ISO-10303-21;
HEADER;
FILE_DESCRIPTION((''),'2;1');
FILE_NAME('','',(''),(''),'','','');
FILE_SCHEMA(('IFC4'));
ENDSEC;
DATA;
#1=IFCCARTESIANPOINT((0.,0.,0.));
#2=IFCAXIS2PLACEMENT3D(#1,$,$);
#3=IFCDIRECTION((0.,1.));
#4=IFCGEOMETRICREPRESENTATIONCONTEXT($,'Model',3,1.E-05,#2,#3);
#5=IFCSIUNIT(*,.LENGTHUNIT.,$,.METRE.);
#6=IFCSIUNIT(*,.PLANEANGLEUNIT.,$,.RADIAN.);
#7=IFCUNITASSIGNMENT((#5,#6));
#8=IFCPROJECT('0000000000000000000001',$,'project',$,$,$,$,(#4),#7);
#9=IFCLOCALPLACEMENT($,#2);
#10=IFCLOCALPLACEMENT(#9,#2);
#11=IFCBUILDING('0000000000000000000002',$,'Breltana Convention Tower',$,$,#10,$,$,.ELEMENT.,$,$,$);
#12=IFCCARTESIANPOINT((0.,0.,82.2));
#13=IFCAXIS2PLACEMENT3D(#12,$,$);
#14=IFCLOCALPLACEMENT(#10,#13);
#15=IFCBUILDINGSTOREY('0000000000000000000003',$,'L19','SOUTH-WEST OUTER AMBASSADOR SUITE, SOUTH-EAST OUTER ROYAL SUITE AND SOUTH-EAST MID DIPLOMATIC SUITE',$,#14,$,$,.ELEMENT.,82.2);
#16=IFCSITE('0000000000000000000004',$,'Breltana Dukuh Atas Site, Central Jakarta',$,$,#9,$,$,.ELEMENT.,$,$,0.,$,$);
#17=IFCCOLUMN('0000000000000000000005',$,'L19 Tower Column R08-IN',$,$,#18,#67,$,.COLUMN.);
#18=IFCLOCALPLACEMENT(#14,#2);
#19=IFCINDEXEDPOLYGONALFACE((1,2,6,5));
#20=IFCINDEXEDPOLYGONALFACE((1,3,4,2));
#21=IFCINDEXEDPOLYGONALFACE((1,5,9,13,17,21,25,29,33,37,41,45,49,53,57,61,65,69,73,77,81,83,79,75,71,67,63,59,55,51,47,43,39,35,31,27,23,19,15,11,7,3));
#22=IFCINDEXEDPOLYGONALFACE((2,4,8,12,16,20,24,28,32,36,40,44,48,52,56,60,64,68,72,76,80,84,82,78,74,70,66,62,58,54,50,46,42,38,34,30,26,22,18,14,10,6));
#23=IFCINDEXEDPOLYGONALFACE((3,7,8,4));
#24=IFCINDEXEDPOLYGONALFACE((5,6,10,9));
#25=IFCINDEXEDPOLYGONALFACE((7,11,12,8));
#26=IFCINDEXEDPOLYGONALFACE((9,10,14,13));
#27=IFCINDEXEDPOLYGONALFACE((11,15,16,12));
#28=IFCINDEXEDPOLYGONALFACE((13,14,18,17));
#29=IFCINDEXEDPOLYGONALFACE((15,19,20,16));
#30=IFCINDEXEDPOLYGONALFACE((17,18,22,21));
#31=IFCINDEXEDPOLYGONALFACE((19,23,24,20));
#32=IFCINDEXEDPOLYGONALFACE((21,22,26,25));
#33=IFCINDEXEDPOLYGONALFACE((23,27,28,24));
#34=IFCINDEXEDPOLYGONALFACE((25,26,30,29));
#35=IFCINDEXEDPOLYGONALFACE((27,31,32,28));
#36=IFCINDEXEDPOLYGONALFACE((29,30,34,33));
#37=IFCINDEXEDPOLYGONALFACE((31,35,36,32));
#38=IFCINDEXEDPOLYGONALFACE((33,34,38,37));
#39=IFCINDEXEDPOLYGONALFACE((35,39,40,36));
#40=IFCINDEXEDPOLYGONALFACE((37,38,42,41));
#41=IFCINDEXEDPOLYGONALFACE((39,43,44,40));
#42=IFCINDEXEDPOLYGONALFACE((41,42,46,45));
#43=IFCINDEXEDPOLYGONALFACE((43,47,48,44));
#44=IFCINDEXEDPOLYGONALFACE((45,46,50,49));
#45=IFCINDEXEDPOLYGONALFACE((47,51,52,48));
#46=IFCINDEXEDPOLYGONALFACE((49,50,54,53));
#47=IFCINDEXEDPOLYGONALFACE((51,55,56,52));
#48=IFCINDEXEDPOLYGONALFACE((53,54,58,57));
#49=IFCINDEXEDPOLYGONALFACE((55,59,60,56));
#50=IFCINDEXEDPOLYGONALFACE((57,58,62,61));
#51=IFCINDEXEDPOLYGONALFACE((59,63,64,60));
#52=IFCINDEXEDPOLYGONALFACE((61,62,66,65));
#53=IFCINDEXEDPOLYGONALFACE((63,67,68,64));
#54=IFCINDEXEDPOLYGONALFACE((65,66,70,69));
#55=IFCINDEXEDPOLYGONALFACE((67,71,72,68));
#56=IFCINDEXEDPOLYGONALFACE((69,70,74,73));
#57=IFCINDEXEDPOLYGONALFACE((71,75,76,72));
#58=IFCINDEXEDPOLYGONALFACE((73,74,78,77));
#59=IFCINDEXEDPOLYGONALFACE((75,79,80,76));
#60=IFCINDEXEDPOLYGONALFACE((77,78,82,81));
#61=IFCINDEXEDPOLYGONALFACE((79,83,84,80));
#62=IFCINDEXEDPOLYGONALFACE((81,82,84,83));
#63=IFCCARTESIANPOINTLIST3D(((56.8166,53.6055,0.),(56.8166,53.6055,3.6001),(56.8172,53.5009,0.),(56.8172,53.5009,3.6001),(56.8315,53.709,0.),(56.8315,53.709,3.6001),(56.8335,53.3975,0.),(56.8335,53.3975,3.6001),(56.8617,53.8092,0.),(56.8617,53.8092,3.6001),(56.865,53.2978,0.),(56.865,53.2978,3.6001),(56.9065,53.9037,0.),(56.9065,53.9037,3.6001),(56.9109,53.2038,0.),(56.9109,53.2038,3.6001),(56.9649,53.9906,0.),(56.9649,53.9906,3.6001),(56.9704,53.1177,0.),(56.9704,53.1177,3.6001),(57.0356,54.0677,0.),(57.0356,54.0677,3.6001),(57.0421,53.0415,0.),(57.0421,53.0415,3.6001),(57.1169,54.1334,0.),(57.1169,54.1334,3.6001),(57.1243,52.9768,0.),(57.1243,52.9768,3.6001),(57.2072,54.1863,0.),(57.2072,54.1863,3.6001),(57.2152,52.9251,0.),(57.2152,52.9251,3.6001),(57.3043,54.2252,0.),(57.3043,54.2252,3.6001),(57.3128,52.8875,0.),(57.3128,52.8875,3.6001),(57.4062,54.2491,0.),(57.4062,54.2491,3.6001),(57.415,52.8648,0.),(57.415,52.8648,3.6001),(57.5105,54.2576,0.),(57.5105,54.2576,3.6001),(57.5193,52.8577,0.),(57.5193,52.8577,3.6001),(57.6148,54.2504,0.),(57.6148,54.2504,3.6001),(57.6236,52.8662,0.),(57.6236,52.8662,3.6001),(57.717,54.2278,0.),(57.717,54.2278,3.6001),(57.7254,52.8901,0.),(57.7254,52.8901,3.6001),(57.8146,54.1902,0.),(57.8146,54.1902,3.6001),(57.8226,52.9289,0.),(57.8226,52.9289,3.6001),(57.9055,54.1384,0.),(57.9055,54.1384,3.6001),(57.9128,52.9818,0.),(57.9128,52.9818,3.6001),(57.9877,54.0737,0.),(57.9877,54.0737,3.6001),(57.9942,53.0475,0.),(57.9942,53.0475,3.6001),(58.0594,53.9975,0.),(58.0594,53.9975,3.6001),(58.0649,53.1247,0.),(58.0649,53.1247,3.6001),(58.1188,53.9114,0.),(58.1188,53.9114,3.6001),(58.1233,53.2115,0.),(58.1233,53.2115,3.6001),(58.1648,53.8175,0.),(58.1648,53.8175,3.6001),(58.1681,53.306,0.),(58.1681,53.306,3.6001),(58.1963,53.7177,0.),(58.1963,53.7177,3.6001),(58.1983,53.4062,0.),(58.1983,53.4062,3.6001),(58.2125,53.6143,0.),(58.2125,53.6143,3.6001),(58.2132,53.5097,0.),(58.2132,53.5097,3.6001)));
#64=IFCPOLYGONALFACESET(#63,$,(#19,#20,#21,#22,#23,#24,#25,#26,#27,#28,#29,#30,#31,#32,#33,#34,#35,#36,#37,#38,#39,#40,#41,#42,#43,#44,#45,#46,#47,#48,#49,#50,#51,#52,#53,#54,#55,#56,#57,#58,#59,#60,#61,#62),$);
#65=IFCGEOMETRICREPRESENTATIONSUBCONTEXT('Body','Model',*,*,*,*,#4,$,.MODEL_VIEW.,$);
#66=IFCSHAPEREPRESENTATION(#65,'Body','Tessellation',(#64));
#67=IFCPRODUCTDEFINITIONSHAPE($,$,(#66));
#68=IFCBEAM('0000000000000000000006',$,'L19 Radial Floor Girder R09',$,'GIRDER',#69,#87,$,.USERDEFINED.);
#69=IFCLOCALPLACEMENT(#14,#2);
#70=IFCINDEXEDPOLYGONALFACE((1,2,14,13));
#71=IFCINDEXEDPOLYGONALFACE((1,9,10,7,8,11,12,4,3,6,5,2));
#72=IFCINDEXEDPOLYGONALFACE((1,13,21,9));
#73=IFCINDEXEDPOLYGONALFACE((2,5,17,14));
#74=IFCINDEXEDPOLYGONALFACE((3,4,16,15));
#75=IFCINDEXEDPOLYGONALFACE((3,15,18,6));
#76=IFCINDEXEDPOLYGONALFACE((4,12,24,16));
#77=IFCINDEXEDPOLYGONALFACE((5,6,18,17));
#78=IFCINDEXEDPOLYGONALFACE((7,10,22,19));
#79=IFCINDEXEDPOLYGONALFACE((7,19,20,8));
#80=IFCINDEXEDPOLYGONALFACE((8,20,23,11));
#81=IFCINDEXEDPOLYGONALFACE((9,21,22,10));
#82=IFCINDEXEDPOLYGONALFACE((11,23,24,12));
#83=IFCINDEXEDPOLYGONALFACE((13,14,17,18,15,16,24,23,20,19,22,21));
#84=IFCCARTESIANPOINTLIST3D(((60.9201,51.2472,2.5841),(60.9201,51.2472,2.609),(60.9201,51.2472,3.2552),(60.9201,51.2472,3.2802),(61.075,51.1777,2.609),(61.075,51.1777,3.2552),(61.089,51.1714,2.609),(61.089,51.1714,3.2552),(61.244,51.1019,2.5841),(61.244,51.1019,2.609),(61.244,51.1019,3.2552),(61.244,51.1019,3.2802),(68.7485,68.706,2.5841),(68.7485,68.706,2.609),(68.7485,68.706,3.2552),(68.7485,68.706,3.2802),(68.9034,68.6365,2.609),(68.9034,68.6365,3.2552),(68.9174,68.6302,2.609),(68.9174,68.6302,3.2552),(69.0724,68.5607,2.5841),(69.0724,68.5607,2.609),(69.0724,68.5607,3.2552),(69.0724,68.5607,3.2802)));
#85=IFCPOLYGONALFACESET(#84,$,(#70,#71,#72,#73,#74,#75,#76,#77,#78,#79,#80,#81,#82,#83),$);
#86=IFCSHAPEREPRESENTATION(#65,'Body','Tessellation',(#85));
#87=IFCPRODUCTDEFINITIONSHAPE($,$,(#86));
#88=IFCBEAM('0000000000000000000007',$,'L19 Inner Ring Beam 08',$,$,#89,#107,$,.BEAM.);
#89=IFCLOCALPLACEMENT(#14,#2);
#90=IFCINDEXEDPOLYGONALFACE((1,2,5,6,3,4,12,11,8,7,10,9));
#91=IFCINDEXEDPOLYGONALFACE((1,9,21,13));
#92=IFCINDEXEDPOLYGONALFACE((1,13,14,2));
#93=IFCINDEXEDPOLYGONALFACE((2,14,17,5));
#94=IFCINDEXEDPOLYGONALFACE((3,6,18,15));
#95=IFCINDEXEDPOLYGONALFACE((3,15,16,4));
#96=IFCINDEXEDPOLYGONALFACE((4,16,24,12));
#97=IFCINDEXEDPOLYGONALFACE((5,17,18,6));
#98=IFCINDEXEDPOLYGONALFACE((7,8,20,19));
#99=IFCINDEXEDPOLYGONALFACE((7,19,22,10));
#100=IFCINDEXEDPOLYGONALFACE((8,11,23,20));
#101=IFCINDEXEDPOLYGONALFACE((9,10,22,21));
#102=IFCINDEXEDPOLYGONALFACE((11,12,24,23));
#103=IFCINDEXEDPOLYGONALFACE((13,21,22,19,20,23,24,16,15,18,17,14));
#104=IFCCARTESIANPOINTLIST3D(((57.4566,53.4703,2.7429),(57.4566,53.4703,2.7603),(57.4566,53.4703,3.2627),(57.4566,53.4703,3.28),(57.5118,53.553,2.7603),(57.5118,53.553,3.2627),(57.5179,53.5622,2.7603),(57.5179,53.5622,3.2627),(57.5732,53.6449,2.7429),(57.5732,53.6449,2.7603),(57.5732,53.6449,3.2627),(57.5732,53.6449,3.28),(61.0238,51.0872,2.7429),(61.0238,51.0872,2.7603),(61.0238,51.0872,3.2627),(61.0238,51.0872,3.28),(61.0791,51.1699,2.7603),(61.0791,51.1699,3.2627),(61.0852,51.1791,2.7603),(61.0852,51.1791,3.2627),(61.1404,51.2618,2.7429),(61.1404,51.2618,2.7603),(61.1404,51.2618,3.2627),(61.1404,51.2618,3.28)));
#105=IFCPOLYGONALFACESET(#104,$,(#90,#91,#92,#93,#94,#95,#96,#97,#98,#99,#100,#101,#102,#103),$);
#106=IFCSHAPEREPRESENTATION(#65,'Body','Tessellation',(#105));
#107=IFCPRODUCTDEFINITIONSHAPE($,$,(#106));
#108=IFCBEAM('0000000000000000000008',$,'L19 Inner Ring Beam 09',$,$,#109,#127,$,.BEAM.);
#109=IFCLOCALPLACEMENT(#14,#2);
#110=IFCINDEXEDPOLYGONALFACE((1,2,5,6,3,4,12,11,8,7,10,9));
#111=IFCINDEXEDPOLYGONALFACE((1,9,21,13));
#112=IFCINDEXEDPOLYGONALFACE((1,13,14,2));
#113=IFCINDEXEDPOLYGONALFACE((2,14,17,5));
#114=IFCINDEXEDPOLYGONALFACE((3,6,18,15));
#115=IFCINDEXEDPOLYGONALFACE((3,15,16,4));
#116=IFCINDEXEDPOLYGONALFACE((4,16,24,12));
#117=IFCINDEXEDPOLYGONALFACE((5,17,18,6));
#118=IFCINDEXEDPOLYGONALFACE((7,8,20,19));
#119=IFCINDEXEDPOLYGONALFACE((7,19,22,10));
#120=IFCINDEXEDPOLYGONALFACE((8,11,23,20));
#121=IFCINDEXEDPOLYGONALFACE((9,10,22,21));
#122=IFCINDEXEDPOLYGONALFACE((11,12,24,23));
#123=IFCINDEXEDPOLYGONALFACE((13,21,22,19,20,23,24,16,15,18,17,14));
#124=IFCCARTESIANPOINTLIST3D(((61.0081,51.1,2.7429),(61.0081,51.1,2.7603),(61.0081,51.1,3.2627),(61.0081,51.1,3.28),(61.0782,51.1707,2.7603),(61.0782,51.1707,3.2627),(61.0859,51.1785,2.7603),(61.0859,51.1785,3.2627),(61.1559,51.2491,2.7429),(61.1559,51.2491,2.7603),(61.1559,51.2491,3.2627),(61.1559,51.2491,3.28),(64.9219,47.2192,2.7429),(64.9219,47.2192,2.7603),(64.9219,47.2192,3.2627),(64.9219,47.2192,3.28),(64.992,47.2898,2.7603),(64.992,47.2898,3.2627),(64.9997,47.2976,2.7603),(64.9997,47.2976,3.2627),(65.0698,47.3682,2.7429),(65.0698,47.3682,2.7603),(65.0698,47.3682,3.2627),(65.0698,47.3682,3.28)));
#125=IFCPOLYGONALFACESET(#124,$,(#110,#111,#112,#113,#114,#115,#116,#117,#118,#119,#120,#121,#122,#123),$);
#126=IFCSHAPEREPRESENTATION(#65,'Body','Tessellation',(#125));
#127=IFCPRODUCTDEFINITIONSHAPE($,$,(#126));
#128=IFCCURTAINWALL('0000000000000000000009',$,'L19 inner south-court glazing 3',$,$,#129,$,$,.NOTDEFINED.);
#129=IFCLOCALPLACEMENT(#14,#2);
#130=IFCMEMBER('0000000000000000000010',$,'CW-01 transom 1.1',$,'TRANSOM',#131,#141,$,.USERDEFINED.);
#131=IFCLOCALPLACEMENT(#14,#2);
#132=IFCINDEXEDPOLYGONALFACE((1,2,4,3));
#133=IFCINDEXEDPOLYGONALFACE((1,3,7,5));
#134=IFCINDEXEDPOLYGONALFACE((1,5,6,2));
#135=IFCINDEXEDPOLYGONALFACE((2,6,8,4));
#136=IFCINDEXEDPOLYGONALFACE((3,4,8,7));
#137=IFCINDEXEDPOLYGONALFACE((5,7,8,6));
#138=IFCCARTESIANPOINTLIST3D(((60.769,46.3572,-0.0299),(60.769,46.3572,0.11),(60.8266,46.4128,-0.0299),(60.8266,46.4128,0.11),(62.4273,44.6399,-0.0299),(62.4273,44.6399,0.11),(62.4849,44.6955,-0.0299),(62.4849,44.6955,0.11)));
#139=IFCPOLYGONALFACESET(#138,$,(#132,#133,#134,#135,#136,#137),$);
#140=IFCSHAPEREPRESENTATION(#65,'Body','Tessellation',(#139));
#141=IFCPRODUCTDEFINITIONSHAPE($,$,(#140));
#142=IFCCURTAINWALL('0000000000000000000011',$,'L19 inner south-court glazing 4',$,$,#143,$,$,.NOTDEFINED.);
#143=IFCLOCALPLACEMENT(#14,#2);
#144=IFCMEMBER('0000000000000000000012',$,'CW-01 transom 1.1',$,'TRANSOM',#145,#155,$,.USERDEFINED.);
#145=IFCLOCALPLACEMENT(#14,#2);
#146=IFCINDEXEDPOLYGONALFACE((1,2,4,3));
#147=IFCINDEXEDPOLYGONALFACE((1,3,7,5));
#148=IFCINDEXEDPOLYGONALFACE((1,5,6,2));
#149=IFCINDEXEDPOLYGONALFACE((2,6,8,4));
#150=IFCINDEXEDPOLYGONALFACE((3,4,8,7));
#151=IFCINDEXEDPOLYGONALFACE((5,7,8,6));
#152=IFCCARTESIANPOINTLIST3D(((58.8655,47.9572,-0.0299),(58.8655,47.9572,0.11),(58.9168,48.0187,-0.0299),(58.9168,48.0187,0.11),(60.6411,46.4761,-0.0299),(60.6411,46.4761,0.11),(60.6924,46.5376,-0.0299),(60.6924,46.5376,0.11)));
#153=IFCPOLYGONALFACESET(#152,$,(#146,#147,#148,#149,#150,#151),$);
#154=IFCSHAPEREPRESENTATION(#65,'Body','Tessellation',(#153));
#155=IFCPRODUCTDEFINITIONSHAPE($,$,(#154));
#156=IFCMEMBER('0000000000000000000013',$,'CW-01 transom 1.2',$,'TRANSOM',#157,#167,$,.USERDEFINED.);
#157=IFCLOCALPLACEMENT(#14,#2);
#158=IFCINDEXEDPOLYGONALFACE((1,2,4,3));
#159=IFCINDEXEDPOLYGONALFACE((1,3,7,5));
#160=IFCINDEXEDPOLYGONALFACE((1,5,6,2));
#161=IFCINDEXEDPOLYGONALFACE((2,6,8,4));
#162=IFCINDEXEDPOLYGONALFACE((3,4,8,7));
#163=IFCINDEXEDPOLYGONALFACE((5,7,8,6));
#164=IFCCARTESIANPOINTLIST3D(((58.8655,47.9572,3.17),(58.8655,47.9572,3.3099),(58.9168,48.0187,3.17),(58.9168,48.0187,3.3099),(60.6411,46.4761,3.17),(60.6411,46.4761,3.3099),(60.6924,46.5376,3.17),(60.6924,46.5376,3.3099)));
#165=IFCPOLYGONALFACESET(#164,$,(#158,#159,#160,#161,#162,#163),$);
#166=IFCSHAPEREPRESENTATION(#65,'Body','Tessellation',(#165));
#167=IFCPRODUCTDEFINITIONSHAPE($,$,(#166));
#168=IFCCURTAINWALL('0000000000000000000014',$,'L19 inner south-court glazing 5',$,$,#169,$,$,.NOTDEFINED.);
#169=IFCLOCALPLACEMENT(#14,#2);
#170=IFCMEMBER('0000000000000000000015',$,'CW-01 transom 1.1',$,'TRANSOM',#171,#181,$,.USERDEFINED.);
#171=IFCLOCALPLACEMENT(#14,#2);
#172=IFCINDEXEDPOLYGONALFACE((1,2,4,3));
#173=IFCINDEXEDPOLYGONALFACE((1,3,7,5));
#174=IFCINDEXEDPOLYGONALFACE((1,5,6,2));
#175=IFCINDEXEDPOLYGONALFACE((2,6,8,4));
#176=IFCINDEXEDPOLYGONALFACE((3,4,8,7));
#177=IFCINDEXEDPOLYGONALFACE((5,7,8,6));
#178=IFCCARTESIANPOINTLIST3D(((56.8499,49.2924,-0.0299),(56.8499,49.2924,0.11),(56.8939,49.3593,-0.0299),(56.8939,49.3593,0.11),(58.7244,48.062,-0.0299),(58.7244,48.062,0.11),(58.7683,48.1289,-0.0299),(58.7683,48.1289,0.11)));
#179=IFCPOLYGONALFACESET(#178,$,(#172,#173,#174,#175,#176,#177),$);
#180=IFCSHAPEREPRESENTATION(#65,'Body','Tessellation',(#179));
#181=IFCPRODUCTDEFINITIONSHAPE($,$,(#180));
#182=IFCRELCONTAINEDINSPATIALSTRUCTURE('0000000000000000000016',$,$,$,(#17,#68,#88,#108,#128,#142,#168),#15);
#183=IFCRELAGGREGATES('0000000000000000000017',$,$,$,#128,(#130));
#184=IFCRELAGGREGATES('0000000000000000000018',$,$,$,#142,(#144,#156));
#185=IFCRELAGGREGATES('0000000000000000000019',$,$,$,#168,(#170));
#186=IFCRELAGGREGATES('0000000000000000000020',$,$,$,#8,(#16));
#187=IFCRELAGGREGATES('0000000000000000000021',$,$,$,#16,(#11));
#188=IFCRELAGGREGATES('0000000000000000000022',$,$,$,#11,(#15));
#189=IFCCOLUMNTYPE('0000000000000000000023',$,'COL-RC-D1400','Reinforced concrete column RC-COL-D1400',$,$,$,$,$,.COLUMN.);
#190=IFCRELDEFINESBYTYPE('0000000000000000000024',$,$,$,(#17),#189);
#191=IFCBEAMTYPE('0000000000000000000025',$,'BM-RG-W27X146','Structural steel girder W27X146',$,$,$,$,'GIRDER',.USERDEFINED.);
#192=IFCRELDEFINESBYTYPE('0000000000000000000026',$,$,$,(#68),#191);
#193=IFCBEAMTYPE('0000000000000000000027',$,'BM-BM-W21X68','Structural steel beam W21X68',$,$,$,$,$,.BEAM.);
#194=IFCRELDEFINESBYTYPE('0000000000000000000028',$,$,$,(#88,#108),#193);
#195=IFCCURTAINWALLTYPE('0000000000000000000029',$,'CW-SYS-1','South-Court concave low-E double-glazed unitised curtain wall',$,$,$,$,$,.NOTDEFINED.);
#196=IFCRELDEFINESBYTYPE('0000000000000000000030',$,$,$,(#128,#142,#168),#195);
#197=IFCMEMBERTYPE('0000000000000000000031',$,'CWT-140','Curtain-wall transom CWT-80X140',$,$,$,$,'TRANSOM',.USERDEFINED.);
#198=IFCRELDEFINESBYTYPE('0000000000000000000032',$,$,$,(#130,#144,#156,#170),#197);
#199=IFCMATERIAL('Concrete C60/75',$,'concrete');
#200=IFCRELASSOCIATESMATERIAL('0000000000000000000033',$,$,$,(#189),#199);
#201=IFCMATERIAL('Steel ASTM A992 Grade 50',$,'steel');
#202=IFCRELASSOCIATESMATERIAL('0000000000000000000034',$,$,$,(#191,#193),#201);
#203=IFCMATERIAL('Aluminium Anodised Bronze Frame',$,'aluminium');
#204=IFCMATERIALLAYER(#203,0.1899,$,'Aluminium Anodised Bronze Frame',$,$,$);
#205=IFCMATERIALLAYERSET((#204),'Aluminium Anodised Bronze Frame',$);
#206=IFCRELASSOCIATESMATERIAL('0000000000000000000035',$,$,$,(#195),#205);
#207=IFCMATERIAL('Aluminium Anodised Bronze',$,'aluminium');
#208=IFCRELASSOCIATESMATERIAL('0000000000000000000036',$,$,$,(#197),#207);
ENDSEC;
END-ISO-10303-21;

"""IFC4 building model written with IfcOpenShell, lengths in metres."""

from ifc_helpers import new_model, si_unit, direction, frame, origin, origin_2d, place, context, subcontext, project, spatial, rectangle, circle, i_section, extrude, source, transform, mapped, material, layer, layer_set, material_profile, profile_set, type_object, type_shapes, element, aggregate, save


model = new_model("IFC4")

# Units and contexts
model_context = context("Model", 3, precision=1e-05, world=origin(), true_north=direction((0.0, 1.0)))
body_context = subcontext(model_context, "Body", "Model", "MODEL_VIEW")
ifc_project = project(units=[si_unit("LENGTHUNIT", "METRE"), si_unit("PLANEANGLEUNIT", "RADIAN")], contexts=[model_context])

# Site, building, storey
site_placement = place(None, origin())
site = spatial("IfcSite", under=ifc_project, at=site_placement, Name="Breltana Dukuh Atas Site, Central Jakarta", CompositionType="ELEMENT", RefElevation=0.0)
building_placement = place(site_placement, origin())
building = spatial("IfcBuilding", under=site, at=building_placement, Name="Breltana Convention Tower", CompositionType="ELEMENT")
storey_placement = place(building_placement, frame((0.0, 0.0, 82.2)))
storey = spatial("IfcBuildingStorey", under=building, at=storey_placement, Name="L19", Description="SOUTH-WEST OUTER AMBASSADOR SUITE, SOUTH-EAST OUTER ROYAL SUITE AND SOUTH-EAST MID DIPLOMATIC SUITE", CompositionType="ELEMENT", Elevation=82.2)

# Column
ifc_material_1 = material(Name="Concrete C60/75", Category="concrete")
ifc_material_profile_1 = material_profile(ifc_material_1, circle(Radius=0.7, at=origin_2d()), Name="RC-COL-D1400")
ifc_profile_set_1 = profile_set([ifc_material_profile_1], Name="Concrete C60/75")
column_type = type_object("IfcColumnType", Name="COL-RC-D1400", Description="Reinforced concrete column RC-COL-D1400", PredefinedType="COLUMN", material=ifc_profile_set_1)
shared_shape_1 = source(origin(), body_context, "Body", "SweptSolid", [
    extrude(circle(Radius=0.7, at=origin_2d()), origin(), (0.0, 0.0, 1.0), 3.6001),
])
for number, where, z_axis, x_axis, name in (
    (1, (57.5149, 53.5576, 0.0), (0.0, 0.0, 1.0), (0.288698, 0.95742, 0.0), "L19 Tower Column R08-IN"),
):
    element("IfcColumn", number, at=place(storey_placement, frame(where, z_axis=z_axis, x_axis=x_axis)), inside=storey, type_object=column_type, Name=name, PredefinedType="COLUMN", context=body_context, shape_type="MappedRepresentation", body=[
        mapped(shared_shape_1, transform((0.0, 0.0, 0.0), scale=1.0)),
    ])

# Beams
ifc_material_2 = material(Name="Steel ASTM A992 Grade 50", Category="steel")
ifc_material_profile_2 = material_profile(ifc_material_2, i_section(OverallWidth=0.355, OverallDepth=0.696, WebThickness=0.0154, FlangeThickness=0.0249, at=origin_2d()), Name="W27X146")
ifc_profile_set_2 = profile_set([ifc_material_profile_2], Name="Steel ASTM A992 Grade 50")
beam_type_1 = type_object("IfcBeamType", Name="BM-RG-W27X146", Description="Structural steel girder W27X146", ElementType="GIRDER", PredefinedType="USERDEFINED", material=ifc_profile_set_2)
shared_shape_2 = source(origin(), body_context, "Body", "SweptSolid", [
    extrude(i_section(OverallWidth=0.355, OverallDepth=0.696, WebThickness=0.0154, FlangeThickness=0.0249, at=origin_2d()), origin(), (0.0, 0.0, 1.0), 19.1335),
])
beam_1_placement = place(storey_placement, frame((61.082, 51.1746, 2.9321), z_axis=(0.409145, 0.91247, 0.0), x_axis=(-0.91247, 0.409145, 0.0)))
element("IfcBeam", 2, at=beam_1_placement, inside=storey, type_object=beam_type_1, Name="L19 Radial Floor Girder R09", ObjectType="GIRDER", PredefinedType="USERDEFINED", context=body_context, shape_type="MappedRepresentation", body=[
    mapped(shared_shape_2, transform((0.0, 0.0, 0.0), scale=1.0)),
])
ifc_material_profile_3 = material_profile(ifc_material_2, i_section(OverallWidth=0.21, OverallDepth=0.5371, WebThickness=0.011, FlangeThickness=0.0173, at=origin_2d()), Name="W21X68")
ifc_profile_set_3 = profile_set([ifc_material_profile_3], Name="Steel ASTM A992 Grade 50")
beam_type_2 = type_object("IfcBeamType", Name="BM-BM-W21X68", Description="Structural steel beam W21X68", PredefinedType="BEAM", material=ifc_profile_set_3)
shared_shape_3 = source(origin(), body_context, "Body", "SweptSolid", [
    extrude(i_section(OverallWidth=0.21, OverallDepth=0.5371, WebThickness=0.011, FlangeThickness=0.0173, at=origin_2d()), origin(), (0.0, 0.0, 1.0), 4.29),
])
beam_2_placement = place(storey_placement, frame((57.5149, 53.5576, 3.0115), z_axis=(0.831516, -0.555501, 0.0), x_axis=(0.555501, 0.831516, 0.0)))
element("IfcBeam", 3, at=beam_2_placement, inside=storey, type_object=beam_type_2, Name="L19 Inner Ring Beam 08", PredefinedType="BEAM", context=body_context, shape_type="MappedRepresentation", body=[
    mapped(shared_shape_3, transform((0.0, 0.0, 0.0), scale=1.0)),
])
shared_shape_4 = source(origin(), body_context, "Body", "SweptSolid", [
    extrude(i_section(OverallWidth=0.21, OverallDepth=0.5371, WebThickness=0.011, FlangeThickness=0.0173, at=origin_2d()), origin(), (0.0, 0.0, 1.0), 5.5117),
])
beam_3_placement = place(storey_placement, frame((61.082, 51.1746, 3.0115), z_axis=(0.71009, -0.704111, 0.0), x_axis=(0.704111, 0.71009, 0.0)))
element("IfcBeam", 4, at=beam_3_placement, inside=storey, type_object=beam_type_2, Name="L19 Inner Ring Beam 09", PredefinedType="BEAM", context=body_context, shape_type="MappedRepresentation", body=[
    mapped(shared_shape_4, transform((0.0, 0.0, 0.0), scale=1.0)),
])

# Curtain wall, member
ifc_material_3 = material(Name="Aluminium Anodised Bronze Frame", Category="aluminium")
ifc_layer_1 = layer(ifc_material_3, 0.1899, Name="Aluminium Anodised Bronze Frame")
ifc_layer_set_1 = layer_set([ifc_layer_1], Name="Aluminium Anodised Bronze Frame")
curtain_wall_type = type_object("IfcCurtainWallType", Name="CW-SYS-1", Description="South-Court concave low-E double-glazed unitised curtain wall", PredefinedType="NOTDEFINED", material=ifc_layer_set_1)
curtain_wall_1_placement = place(storey_placement, origin())
curtain_wall_1 = element("IfcCurtainWall", 5, at=curtain_wall_1_placement, inside=storey, type_object=curtain_wall_type, Name="L19 inner south-court glazing 3", PredefinedType="NOTDEFINED")
ifc_material_4 = material(Name="Aluminium Anodised Bronze", Category="aluminium")
ifc_material_profile_4 = material_profile(ifc_material_4, rectangle(XDim=0.0801, YDim=0.1399, at=origin_2d()), Name="CWT-80X140")
ifc_profile_set_4 = profile_set([ifc_material_profile_4], Name="Aluminium Anodised Bronze")
member_type_1 = type_object("IfcMemberType", Name="CWT-140", Description="Curtain-wall transom CWT-80X140", ElementType="TRANSOM", PredefinedType="USERDEFINED", material=ifc_profile_set_4)
shared_shape_5 = source(origin(), body_context, "Body", "SweptSolid", [
    extrude(rectangle(XDim=0.0801, YDim=0.1399, at=origin_2d()), origin(), (0.0, 0.0, 1.0), 2.3872),
])
type_shapes(member_type_1, [shared_shape_5])
member_1_placement = place(storey_placement, frame((62.4561, 44.6677, 0.04), z_axis=(-0.694624, 0.719373, 0.0), x_axis=(-0.719373, -0.694624, 0.0)))
member_1 = element("IfcMember", 6, at=member_1_placement, type_object=member_type_1, Name="CW-01 transom 1.1", ObjectType="TRANSOM", PredefinedType="USERDEFINED", context=body_context, shape_type="MappedRepresentation", body=[
    mapped(shared_shape_5, transform((0.0, 0.0, 0.0), scale=1.0)),
])

# Curtain walls, members
curtain_wall_2_placement = place(storey_placement, origin())
curtain_wall_2 = element("IfcCurtainWall", 7, at=curtain_wall_2_placement, inside=storey, type_object=curtain_wall_type, Name="L19 inner south-court glazing 4", PredefinedType="NOTDEFINED")
shared_shape_6 = source(origin(), body_context, "Body", "SweptSolid", [
    extrude(rectangle(XDim=0.0801, YDim=0.1399, at=origin_2d()), origin(), (0.0, 0.0, 1.0), 2.3123),
])
member_2_placement = place(storey_placement, frame((60.6667, 46.5068, 0.04), z_axis=(-0.767901, 0.640569, 0.0), x_axis=(-0.640569, -0.767901, 0.0)))
member_2 = element("IfcMember", 8, at=member_2_placement, type_object=member_type_1, Name="CW-01 transom 1.1", ObjectType="TRANSOM", PredefinedType="USERDEFINED", context=body_context, shape_type="MappedRepresentation", body=[
    mapped(shared_shape_6, transform((0.0, 0.0, 0.0), scale=1.0)),
])
member_3_placement = place(storey_placement, frame((60.6667, 46.5068, 3.24), z_axis=(-0.767901, 0.640569, 0.0), x_axis=(-0.640569, -0.767901, 0.0)))
member_3 = element("IfcMember", 9, at=member_3_placement, type_object=member_type_1, Name="CW-01 transom 1.2", ObjectType="TRANSOM", PredefinedType="USERDEFINED", context=body_context, shape_type="MappedRepresentation", body=[
    mapped(shared_shape_6, transform((0.0, 0.0, 0.0), scale=1.0)),
])
curtain_wall_3_placement = place(storey_placement, origin())
curtain_wall_3 = element("IfcCurtainWall", 10, at=curtain_wall_3_placement, inside=storey, type_object=curtain_wall_type, Name="L19 inner south-court glazing 5", PredefinedType="NOTDEFINED")
shared_shape_7 = source(origin(), body_context, "Body", "SweptSolid", [
    extrude(rectangle(XDim=0.0801, YDim=0.1399, at=origin_2d()), origin(), (0.0, 0.0, 1.0), 2.2422),
])
member_4_placement = place(storey_placement, frame((58.7463, 48.0955, 0.04), z_axis=(-0.835982, 0.548756, 0.0), x_axis=(-0.548756, -0.835982, 0.0)))
member_4 = element("IfcMember", 11, at=member_4_placement, type_object=member_type_1, Name="CW-01 transom 1.1", ObjectType="TRANSOM", PredefinedType="USERDEFINED", context=body_context, shape_type="MappedRepresentation", body=[
    mapped(shared_shape_7, transform((0.0, 0.0, 0.0), scale=1.0)),
])

aggregate(curtain_wall_1, [member_1])
aggregate(curtain_wall_2, [member_2, member_3])
aggregate(curtain_wall_3, [member_4])

save(model, "model.ifc")
